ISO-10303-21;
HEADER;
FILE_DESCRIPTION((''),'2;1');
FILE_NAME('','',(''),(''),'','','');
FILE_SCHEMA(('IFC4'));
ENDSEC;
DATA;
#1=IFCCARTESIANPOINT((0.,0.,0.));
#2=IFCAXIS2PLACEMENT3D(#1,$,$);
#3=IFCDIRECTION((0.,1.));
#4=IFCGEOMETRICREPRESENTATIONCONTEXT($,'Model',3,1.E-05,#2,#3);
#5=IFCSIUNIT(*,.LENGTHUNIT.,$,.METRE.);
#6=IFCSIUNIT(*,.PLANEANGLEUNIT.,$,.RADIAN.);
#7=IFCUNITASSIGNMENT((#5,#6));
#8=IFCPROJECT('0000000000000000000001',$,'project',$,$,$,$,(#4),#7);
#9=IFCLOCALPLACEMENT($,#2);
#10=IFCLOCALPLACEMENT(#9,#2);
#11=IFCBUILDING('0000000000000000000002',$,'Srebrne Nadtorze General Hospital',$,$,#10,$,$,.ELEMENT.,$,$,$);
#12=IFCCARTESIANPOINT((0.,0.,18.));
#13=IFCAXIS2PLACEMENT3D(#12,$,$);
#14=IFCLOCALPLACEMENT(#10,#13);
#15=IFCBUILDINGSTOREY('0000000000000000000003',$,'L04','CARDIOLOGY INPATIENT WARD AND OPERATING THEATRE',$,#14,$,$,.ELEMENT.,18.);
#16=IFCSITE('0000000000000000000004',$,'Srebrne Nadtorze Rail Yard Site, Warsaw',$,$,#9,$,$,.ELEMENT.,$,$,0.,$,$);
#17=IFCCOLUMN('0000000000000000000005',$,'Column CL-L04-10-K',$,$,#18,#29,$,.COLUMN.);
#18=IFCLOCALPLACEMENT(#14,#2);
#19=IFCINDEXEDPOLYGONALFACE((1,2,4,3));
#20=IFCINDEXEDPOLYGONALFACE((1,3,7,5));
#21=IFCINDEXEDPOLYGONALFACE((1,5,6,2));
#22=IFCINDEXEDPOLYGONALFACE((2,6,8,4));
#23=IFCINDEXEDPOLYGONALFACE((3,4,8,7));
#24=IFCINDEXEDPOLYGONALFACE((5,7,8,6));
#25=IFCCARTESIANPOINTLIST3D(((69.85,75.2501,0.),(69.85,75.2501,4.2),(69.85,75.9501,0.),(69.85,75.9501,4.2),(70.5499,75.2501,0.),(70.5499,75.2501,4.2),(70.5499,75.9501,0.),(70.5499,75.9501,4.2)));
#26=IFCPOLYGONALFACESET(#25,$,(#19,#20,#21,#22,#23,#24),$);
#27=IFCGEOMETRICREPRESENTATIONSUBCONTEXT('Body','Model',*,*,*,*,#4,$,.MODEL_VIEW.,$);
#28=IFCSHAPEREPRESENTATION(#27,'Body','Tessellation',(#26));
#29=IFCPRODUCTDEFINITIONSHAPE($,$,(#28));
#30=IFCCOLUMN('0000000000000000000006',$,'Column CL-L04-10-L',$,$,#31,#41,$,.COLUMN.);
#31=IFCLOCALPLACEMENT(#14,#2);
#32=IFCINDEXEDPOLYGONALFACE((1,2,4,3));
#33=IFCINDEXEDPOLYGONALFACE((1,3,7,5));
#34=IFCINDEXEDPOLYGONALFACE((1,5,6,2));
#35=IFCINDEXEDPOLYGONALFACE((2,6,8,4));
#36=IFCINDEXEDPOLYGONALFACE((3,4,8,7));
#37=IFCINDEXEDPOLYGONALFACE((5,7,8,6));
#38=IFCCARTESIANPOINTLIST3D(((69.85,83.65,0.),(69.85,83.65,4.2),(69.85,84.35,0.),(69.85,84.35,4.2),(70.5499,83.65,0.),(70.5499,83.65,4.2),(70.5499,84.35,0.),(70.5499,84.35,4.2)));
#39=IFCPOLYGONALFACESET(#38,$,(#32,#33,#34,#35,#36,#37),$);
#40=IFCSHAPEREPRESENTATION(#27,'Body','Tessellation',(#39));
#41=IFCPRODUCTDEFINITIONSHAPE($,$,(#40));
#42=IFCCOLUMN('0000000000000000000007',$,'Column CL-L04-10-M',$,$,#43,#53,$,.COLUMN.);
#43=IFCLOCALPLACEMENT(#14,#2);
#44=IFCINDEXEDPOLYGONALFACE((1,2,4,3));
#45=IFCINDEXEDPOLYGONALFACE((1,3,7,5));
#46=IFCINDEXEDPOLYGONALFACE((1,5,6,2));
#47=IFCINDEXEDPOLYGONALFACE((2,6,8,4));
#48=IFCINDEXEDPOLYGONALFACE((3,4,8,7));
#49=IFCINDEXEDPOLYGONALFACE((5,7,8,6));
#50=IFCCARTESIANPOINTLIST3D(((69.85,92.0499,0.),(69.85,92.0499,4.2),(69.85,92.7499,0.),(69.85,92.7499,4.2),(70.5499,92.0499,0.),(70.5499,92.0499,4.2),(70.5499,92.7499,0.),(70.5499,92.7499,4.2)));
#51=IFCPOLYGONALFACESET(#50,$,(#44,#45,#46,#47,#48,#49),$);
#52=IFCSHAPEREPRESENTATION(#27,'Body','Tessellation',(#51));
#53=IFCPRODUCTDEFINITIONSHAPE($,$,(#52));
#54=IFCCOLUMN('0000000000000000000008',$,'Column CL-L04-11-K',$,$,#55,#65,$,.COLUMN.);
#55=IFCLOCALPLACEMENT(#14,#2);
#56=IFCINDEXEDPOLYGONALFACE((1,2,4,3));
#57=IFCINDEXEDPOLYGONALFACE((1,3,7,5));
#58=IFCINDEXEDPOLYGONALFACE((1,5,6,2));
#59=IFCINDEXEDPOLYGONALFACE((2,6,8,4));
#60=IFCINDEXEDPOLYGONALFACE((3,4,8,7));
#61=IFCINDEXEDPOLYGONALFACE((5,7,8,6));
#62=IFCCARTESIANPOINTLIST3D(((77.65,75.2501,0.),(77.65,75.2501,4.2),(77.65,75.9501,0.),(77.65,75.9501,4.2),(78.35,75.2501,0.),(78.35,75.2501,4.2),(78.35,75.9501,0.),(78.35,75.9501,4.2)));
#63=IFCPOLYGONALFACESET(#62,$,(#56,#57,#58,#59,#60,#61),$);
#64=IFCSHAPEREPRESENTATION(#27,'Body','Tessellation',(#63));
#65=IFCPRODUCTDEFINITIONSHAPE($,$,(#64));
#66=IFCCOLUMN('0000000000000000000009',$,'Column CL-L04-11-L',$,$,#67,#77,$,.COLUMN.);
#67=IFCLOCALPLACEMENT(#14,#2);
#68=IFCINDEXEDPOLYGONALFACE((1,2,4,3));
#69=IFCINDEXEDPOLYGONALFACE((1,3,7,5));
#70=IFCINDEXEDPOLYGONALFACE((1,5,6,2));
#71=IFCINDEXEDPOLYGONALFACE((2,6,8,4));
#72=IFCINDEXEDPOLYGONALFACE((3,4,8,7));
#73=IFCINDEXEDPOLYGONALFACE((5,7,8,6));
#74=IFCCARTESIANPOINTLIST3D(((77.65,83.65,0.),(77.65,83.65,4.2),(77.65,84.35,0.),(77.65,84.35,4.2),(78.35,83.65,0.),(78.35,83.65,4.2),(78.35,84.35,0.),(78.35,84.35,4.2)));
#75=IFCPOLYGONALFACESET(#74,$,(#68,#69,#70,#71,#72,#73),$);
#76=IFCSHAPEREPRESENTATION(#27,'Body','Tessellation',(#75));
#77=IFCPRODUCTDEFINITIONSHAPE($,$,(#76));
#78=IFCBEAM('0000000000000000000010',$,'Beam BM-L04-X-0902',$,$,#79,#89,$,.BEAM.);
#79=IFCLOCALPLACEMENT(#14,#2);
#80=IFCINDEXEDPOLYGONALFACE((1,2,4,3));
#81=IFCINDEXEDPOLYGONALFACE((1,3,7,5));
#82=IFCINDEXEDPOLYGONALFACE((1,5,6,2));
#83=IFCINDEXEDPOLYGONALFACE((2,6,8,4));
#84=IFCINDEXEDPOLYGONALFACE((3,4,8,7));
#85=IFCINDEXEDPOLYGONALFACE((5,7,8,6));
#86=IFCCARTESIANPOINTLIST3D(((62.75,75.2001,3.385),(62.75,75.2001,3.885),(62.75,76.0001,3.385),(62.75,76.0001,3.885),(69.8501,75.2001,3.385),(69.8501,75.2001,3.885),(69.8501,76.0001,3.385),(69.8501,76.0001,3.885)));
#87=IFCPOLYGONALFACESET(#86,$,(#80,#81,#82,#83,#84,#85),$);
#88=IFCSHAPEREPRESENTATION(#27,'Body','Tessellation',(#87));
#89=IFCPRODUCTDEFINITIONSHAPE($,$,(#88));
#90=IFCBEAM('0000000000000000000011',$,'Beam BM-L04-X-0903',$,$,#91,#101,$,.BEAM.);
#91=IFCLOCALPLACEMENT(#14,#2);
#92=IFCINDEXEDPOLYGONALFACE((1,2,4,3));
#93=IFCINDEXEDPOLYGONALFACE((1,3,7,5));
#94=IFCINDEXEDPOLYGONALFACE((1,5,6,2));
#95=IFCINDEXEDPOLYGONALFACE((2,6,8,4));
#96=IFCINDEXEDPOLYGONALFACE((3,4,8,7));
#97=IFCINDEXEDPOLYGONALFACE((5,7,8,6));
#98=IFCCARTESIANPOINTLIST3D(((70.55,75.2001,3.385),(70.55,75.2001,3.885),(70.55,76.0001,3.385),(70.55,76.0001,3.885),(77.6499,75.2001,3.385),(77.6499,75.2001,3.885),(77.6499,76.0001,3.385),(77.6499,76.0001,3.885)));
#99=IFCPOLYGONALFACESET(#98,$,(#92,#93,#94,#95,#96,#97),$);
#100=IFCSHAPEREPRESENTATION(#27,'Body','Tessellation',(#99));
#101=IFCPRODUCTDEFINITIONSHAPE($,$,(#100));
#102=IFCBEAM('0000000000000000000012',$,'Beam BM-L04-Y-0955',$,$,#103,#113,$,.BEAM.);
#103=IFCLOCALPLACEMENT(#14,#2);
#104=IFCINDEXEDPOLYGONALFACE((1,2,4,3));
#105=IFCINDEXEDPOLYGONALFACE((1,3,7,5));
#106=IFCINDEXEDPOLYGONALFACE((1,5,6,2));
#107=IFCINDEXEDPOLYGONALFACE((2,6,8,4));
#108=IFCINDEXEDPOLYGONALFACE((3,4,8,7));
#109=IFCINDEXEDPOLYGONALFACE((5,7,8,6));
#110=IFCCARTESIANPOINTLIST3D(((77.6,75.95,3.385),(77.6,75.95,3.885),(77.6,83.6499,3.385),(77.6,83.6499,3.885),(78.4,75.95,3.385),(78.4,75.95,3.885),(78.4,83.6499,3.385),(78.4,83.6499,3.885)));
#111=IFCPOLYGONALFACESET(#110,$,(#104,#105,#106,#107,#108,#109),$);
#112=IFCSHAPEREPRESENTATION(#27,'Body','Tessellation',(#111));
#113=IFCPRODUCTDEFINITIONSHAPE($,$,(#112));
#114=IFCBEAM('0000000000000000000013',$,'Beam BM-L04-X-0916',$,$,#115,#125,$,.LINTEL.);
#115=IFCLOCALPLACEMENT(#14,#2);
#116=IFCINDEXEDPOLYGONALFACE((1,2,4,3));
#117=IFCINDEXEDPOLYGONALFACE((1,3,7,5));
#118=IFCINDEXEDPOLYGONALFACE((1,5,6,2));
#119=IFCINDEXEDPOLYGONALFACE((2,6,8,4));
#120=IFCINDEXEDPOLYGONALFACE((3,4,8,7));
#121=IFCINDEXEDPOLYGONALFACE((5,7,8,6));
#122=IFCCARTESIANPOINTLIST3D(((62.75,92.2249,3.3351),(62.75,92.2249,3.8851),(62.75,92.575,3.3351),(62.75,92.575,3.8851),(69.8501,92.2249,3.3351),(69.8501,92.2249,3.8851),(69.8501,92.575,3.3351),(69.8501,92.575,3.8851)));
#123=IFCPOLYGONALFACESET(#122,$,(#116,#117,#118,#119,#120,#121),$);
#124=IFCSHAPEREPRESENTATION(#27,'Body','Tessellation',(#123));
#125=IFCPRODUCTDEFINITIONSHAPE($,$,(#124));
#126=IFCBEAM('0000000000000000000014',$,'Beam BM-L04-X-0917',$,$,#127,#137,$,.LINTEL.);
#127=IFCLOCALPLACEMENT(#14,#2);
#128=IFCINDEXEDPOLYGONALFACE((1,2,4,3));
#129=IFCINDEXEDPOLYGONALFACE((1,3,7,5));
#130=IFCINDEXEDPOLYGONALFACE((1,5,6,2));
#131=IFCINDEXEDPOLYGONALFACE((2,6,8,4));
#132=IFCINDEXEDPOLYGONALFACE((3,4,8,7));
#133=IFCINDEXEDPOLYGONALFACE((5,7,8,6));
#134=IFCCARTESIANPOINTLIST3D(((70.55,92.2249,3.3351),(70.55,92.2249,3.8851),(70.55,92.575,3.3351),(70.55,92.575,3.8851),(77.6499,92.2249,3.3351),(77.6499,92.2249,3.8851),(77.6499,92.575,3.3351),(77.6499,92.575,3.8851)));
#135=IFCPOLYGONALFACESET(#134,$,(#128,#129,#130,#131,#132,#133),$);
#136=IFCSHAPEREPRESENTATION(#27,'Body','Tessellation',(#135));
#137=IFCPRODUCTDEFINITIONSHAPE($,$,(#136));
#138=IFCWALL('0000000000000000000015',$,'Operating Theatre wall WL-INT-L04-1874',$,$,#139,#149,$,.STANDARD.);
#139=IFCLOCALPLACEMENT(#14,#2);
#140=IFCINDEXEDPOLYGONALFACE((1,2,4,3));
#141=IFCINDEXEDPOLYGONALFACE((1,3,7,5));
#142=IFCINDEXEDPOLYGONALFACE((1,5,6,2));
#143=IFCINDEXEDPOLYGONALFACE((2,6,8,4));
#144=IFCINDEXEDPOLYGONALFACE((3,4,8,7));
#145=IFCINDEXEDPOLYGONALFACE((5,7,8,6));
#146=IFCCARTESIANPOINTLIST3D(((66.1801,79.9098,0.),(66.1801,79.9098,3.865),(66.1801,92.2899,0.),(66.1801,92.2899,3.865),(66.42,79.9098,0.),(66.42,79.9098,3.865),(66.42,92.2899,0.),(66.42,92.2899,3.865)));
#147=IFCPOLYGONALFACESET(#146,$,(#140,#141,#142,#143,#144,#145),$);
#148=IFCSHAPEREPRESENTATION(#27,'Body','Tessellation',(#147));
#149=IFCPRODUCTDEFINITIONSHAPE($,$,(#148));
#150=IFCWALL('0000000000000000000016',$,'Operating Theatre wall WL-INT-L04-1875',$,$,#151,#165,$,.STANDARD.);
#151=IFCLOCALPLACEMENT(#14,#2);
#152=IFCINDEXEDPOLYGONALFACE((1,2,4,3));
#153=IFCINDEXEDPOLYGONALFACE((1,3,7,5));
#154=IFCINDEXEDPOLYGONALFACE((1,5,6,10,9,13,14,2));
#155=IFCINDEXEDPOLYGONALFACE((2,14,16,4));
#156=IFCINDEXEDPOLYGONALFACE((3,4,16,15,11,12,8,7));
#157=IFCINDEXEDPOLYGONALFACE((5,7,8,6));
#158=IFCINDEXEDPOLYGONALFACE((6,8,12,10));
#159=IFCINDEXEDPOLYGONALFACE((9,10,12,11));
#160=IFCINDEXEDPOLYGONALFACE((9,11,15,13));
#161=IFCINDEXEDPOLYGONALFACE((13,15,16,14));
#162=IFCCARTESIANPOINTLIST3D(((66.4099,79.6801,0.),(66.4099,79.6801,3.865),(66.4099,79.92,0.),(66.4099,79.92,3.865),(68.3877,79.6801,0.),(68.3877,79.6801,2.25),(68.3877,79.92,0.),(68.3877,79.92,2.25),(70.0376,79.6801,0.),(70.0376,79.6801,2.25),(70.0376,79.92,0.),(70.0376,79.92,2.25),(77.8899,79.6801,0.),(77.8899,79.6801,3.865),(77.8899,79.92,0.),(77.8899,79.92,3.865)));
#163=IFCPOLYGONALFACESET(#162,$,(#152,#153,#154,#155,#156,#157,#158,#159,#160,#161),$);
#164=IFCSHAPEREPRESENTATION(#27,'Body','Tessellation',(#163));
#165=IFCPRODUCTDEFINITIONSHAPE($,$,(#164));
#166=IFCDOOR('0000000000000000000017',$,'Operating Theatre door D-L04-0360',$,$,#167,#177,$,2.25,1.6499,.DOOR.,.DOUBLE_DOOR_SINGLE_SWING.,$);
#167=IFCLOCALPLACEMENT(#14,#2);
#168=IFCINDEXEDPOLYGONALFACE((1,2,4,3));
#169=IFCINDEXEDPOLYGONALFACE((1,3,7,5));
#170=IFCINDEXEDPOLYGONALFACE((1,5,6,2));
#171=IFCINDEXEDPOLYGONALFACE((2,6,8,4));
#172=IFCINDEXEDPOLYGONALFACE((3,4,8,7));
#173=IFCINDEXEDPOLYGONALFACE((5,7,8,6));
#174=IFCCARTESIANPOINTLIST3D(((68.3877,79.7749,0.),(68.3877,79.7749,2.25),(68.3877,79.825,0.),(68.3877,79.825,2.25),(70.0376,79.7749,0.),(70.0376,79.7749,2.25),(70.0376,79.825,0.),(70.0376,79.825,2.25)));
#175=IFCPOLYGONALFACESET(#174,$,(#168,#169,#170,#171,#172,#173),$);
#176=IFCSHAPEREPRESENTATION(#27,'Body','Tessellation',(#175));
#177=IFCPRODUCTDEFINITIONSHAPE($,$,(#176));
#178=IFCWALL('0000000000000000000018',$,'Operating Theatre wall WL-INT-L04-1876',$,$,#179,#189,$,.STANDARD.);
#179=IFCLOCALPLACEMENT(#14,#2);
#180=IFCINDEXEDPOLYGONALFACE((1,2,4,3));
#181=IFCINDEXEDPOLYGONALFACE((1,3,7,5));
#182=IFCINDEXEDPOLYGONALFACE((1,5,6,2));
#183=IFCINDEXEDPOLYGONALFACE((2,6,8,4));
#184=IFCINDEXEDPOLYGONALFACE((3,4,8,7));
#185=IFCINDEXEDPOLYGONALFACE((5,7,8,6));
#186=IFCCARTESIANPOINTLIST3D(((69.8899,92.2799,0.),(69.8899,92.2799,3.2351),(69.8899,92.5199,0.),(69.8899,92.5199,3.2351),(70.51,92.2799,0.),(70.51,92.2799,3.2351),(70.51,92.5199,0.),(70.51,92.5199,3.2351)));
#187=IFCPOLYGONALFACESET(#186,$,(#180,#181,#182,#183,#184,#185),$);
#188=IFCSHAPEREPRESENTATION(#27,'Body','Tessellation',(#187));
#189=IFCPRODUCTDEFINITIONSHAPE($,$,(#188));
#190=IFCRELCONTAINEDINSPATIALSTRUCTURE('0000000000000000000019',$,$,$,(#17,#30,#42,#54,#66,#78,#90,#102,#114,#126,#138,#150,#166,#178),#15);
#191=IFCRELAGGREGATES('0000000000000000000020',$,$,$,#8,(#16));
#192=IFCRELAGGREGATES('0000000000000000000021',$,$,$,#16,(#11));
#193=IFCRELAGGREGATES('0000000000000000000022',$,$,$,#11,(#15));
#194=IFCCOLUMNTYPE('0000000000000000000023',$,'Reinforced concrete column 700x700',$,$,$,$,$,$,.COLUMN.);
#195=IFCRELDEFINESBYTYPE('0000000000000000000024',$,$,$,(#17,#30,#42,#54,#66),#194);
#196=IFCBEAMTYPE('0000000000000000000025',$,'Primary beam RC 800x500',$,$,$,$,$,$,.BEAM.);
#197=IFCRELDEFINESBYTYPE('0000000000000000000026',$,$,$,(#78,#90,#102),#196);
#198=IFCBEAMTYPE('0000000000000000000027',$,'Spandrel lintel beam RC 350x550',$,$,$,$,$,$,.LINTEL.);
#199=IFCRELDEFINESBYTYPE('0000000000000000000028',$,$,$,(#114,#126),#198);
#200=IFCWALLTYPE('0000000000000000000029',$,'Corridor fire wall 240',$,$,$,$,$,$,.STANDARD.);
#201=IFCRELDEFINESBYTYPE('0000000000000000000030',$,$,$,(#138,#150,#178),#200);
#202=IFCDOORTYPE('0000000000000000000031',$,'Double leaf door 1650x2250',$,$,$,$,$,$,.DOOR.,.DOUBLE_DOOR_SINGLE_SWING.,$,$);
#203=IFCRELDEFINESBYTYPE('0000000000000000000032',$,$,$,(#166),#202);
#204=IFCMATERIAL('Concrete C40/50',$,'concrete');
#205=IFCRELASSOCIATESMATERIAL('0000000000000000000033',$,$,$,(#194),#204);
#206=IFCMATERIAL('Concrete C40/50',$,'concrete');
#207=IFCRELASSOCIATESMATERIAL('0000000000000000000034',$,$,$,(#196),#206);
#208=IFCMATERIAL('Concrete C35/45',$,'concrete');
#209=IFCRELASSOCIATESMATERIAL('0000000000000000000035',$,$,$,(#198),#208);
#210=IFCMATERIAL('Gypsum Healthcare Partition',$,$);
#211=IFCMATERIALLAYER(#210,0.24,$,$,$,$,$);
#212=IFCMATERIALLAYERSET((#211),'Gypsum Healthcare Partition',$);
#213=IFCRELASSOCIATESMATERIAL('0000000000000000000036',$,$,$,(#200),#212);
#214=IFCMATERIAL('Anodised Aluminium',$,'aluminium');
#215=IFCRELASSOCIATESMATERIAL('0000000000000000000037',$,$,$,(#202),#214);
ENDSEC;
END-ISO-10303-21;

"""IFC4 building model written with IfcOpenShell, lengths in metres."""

from ifc_helpers import new_model, si_unit, direction, frame, frame_2d, origin, origin_2d, place, context, subcontext, project, spatial, rectangle, extrude, material, layer, layer_set, material_profile, profile_set, type_object, element, fill, save


model = new_model("IFC4")

# Units and contexts
model_context = context("Model", 3, precision=1e-05, world=origin(), true_north=direction((0.0, 1.0)))
body_context = subcontext(model_context, "Body", "Model", "MODEL_VIEW")
ifc_project = project(units=[si_unit("LENGTHUNIT", "METRE"), si_unit("PLANEANGLEUNIT", "RADIAN")], contexts=[model_context])

# Site, building, storey
site_placement = place(None, origin())
site = spatial("IfcSite", under=ifc_project, at=site_placement, Name="Srebrne Nadtorze Rail Yard Site, Warsaw", CompositionType="ELEMENT", RefElevation=0.0)
building_placement = place(site_placement, origin())
building = spatial("IfcBuilding", under=site, at=building_placement, Name="Srebrne Nadtorze General Hospital", CompositionType="ELEMENT")
storey_placement = place(building_placement, frame((0.0, 0.0, 18.0)))
storey = spatial("IfcBuildingStorey", under=building, at=storey_placement, Name="L04", Description="CARDIOLOGY INPATIENT WARD AND OPERATING THEATRE", CompositionType="ELEMENT", Elevation=18.0)

# Columns
ifc_material_1 = material(Name="Concrete C40/50", Category="concrete")
ifc_material_profile_1 = material_profile(ifc_material_1, rectangle(XDim=0.7, YDim=0.7, at=origin_2d()), Name="RC-COL-700x700")
ifc_profile_set_1 = profile_set([ifc_material_profile_1], Name="Concrete C40/50")
column_type = type_object("IfcColumnType", Name="Reinforced concrete column 700x700", PredefinedType="COLUMN", material=ifc_profile_set_1)
for number, where, z_axis, x_axis, name in (
    (1, (70.2, 75.6001, 0.0), (0.0, 0.0, 1.0), (1.0, 0.0, 0.0), "Column CL-L04-10-K"),
    (2, (70.2, 84.0, 0.0), (0.0, 0.0, 1.0), (1.0, 0.0, 0.0), "Column CL-L04-10-L"),
    (3, (70.2, 92.3999, 0.0), (0.0, 0.0, 1.0), (1.0, 0.0, 0.0), "Column CL-L04-10-M"),
    (4, (78.0, 75.6001, 0.0), (0.0, 0.0, 1.0), (1.0, 0.0, 0.0), "Column CL-L04-11-K"),
    (5, (78.0, 84.0, 0.0), (0.0, 0.0, 1.0), (1.0, 0.0, 0.0), "Column CL-L04-11-L"),
):
    element("IfcColumn", number, at=place(storey_placement, frame(where, z_axis=z_axis, x_axis=x_axis)), inside=storey, type_object=column_type, Name=name, PredefinedType="COLUMN", context=body_context, shape_type="SweptSolid", body=[
        extrude(rectangle(XDim=0.7, YDim=0.7, at=origin_2d()), origin(), (0.0, 0.0, 1.0), 4.2),
    ])

# Beams
ifc_material_2 = material(Name="Concrete C40/50", Category="concrete")
ifc_material_profile_2 = material_profile(ifc_material_2, rectangle(XDim=0.8, YDim=0.5, at=origin_2d()), Name="RC-BM-800x500")
ifc_profile_set_2 = profile_set([ifc_material_profile_2], Name="Concrete C40/50")
beam_type_1 = type_object("IfcBeamType", Name="Primary beam RC 800x500", PredefinedType="BEAM", material=ifc_profile_set_2)
beam_1_placement = place(storey_placement, frame((62.75, 75.6001, 3.635), z_axis=(1.0, 0.0, 0.0), x_axis=(0.0, 1.0, 0.0)))
element("IfcBeam", 6, at=beam_1_placement, inside=storey, type_object=beam_type_1, Name="Beam BM-L04-X-0902", PredefinedType="BEAM", context=body_context, shape_type="SweptSolid", body=[
    extrude(rectangle(XDim=0.8, YDim=0.5, at=origin_2d()), origin(), (0.0, 0.0, 1.0), 7.1001),
])
beam_2_placement = place(storey_placement, frame((70.55, 75.6001, 3.635), z_axis=(1.0, 0.0, 0.0), x_axis=(0.0, 1.0, 0.0)))
element("IfcBeam", 7, at=beam_2_placement, inside=storey, type_object=beam_type_1, Name="Beam BM-L04-X-0903", PredefinedType="BEAM", context=body_context, shape_type="SweptSolid", body=[
    extrude(rectangle(XDim=0.8, YDim=0.5, at=origin_2d()), origin(), (0.0, 0.0, 1.0), 7.0999),
])
beam_3_placement = place(storey_placement, frame((78.0, 75.95, 3.635), z_axis=(0.0, 1.0, 0.0), x_axis=(-1.0, 0.0, 0.0)))
element("IfcBeam", 8, at=beam_3_placement, inside=storey, type_object=beam_type_1, Name="Beam BM-L04-Y-0955", PredefinedType="BEAM", context=body_context, shape_type="SweptSolid", body=[
    extrude(rectangle(XDim=0.8, YDim=0.5, at=origin_2d()), origin(), (0.0, 0.0, 1.0), 7.7),
])
ifc_material_3 = material(Name="Concrete C35/45", Category="concrete")
ifc_material_profile_3 = material_profile(ifc_material_3, rectangle(XDim=0.3501, YDim=0.55, at=origin_2d()), Name="RC-BM-350x550")
ifc_profile_set_3 = profile_set([ifc_material_profile_3], Name="Concrete C35/45")
beam_type_2 = type_object("IfcBeamType", Name="Spandrel lintel beam RC 350x550", PredefinedType="LINTEL", material=ifc_profile_set_3)
beam_4_placement = place(storey_placement, frame((62.75, 92.3999, 3.6101), z_axis=(1.0, 0.0, 0.0), x_axis=(0.0, 1.0, 0.0)))
element("IfcBeam", 9, at=beam_4_placement, inside=storey, type_object=beam_type_2, Name="Beam BM-L04-X-0916", PredefinedType="LINTEL", context=body_context, shape_type="SweptSolid", body=[
    extrude(rectangle(XDim=0.3501, YDim=0.55, at=origin_2d()), origin(), (0.0, 0.0, 1.0), 7.1001),
])
beam_5_placement = place(storey_placement, frame((70.55, 92.3999, 3.6101), z_axis=(1.0, 0.0, 0.0), x_axis=(0.0, 1.0, 0.0)))
element("IfcBeam", 10, at=beam_5_placement, inside=storey, type_object=beam_type_2, Name="Beam BM-L04-X-0917", PredefinedType="LINTEL", context=body_context, shape_type="SweptSolid", body=[
    extrude(rectangle(XDim=0.3501, YDim=0.55, at=origin_2d()), origin(), (0.0, 0.0, 1.0), 7.0999),
])

# Wall
ifc_material_4 = material(Name="Gypsum Healthcare Partition")
ifc_layer_1 = layer(ifc_material_4, 0.24)
ifc_layer_set_1 = layer_set([ifc_layer_1], Name="Gypsum Healthcare Partition")
wall_type_1 = type_object("IfcWallType", Name="Corridor fire wall 240", PredefinedType="STANDARD", material=ifc_layer_set_1)
wall_1_placement = place(storey_placement, frame((66.3, 79.9099, 0.0), z_axis=(0.0, 0.0, 1.0), x_axis=(0.0, 1.0, 0.0)))
element("IfcWall", 11, at=wall_1_placement, inside=storey, type_object=wall_type_1, Name="Operating Theatre wall WL-INT-L04-1874", PredefinedType="STANDARD", context=body_context, shape_type="SweptSolid", body=[
    extrude(rectangle(XDim=12.3801, YDim=0.24, at=frame_2d((6.1899, 0.0))), origin(), (0.0, 0.0, 1.0), 3.865),
])

# Wall, opening, door
wall_2_placement = place(storey_placement, frame((66.4099, 79.8, 0.0), z_axis=(0.0, 0.0, 1.0), x_axis=(1.0, 0.0, 0.0)))
wall_2 = element("IfcWall", 12, at=wall_2_placement, inside=storey, type_object=wall_type_1, Name="Operating Theatre wall WL-INT-L04-1875", PredefinedType="STANDARD", context=body_context, shape_type="SweptSolid", body=[
    extrude(rectangle(XDim=11.48, YDim=0.24, at=frame_2d((5.74, 0.0))), origin(), (0.0, 0.0, 1.0), 3.865),
])
opening_1_placement = place(wall_2_placement, frame((1.9778, 0.0, 0.0)))
opening_1 = element("IfcOpeningElement", 13, at=opening_1_placement, cuts=wall_2, PredefinedType="OPENING", context=body_context, shape_type="SweptSolid", body=[
    extrude(rectangle(XDim=1.6499, YDim=2.25, at=frame_2d((0.825, 1.125))), frame((0.0, 0.1318, 0.0), z_axis=(0.0, -1.0, 0.0), x_axis=(1.0, 0.0, 0.0)), (0.0, 0.0, 1.0), 0.2639),
])
ifc_material_5 = material(Name="Anodised Aluminium", Category="aluminium")
door_type = type_object("IfcDoorType", Name="Double leaf door 1650x2250", OperationType="DOUBLE_DOOR_SINGLE_SWING", PredefinedType="DOOR", material=ifc_material_5)
door_1_placement = place(opening_1_placement, origin())
door_1 = element("IfcDoor", 14, at=door_1_placement, inside=storey, type_object=door_type, Name="Operating Theatre door D-L04-0360", OperationType="DOUBLE_DOOR_SINGLE_SWING", OverallHeight=2.25, OverallWidth=1.6499, PredefinedType="DOOR", context=body_context, shape_type="SweptSolid", body=[
    extrude(rectangle(XDim=1.6499, YDim=2.25, at=frame_2d((0.825, 1.125))), frame((0.0, 0.0249, 0.0), z_axis=(0.0, -1.0, 0.0), x_axis=(1.0, 0.0, 0.0)), (0.0, 0.0, 1.0), 0.05),
])
fill(opening_1, door_1)

# Wall
wall_3_placement = place(storey_placement, frame((69.8899, 92.3999, 0.0), z_axis=(0.0, 0.0, 1.0), x_axis=(1.0, 0.0, 0.0)))
element("IfcWall", 15, at=wall_3_placement, inside=storey, type_object=wall_type_1, Name="Operating Theatre wall WL-INT-L04-1876", PredefinedType="STANDARD", context=body_context, shape_type="SweptSolid", body=[
    extrude(rectangle(XDim=0.6201, YDim=0.24, at=frame_2d((0.3101, 0.0))), origin(), (0.0, 0.0, 1.0), 3.2351),
])

save(model, "model.ifc")
